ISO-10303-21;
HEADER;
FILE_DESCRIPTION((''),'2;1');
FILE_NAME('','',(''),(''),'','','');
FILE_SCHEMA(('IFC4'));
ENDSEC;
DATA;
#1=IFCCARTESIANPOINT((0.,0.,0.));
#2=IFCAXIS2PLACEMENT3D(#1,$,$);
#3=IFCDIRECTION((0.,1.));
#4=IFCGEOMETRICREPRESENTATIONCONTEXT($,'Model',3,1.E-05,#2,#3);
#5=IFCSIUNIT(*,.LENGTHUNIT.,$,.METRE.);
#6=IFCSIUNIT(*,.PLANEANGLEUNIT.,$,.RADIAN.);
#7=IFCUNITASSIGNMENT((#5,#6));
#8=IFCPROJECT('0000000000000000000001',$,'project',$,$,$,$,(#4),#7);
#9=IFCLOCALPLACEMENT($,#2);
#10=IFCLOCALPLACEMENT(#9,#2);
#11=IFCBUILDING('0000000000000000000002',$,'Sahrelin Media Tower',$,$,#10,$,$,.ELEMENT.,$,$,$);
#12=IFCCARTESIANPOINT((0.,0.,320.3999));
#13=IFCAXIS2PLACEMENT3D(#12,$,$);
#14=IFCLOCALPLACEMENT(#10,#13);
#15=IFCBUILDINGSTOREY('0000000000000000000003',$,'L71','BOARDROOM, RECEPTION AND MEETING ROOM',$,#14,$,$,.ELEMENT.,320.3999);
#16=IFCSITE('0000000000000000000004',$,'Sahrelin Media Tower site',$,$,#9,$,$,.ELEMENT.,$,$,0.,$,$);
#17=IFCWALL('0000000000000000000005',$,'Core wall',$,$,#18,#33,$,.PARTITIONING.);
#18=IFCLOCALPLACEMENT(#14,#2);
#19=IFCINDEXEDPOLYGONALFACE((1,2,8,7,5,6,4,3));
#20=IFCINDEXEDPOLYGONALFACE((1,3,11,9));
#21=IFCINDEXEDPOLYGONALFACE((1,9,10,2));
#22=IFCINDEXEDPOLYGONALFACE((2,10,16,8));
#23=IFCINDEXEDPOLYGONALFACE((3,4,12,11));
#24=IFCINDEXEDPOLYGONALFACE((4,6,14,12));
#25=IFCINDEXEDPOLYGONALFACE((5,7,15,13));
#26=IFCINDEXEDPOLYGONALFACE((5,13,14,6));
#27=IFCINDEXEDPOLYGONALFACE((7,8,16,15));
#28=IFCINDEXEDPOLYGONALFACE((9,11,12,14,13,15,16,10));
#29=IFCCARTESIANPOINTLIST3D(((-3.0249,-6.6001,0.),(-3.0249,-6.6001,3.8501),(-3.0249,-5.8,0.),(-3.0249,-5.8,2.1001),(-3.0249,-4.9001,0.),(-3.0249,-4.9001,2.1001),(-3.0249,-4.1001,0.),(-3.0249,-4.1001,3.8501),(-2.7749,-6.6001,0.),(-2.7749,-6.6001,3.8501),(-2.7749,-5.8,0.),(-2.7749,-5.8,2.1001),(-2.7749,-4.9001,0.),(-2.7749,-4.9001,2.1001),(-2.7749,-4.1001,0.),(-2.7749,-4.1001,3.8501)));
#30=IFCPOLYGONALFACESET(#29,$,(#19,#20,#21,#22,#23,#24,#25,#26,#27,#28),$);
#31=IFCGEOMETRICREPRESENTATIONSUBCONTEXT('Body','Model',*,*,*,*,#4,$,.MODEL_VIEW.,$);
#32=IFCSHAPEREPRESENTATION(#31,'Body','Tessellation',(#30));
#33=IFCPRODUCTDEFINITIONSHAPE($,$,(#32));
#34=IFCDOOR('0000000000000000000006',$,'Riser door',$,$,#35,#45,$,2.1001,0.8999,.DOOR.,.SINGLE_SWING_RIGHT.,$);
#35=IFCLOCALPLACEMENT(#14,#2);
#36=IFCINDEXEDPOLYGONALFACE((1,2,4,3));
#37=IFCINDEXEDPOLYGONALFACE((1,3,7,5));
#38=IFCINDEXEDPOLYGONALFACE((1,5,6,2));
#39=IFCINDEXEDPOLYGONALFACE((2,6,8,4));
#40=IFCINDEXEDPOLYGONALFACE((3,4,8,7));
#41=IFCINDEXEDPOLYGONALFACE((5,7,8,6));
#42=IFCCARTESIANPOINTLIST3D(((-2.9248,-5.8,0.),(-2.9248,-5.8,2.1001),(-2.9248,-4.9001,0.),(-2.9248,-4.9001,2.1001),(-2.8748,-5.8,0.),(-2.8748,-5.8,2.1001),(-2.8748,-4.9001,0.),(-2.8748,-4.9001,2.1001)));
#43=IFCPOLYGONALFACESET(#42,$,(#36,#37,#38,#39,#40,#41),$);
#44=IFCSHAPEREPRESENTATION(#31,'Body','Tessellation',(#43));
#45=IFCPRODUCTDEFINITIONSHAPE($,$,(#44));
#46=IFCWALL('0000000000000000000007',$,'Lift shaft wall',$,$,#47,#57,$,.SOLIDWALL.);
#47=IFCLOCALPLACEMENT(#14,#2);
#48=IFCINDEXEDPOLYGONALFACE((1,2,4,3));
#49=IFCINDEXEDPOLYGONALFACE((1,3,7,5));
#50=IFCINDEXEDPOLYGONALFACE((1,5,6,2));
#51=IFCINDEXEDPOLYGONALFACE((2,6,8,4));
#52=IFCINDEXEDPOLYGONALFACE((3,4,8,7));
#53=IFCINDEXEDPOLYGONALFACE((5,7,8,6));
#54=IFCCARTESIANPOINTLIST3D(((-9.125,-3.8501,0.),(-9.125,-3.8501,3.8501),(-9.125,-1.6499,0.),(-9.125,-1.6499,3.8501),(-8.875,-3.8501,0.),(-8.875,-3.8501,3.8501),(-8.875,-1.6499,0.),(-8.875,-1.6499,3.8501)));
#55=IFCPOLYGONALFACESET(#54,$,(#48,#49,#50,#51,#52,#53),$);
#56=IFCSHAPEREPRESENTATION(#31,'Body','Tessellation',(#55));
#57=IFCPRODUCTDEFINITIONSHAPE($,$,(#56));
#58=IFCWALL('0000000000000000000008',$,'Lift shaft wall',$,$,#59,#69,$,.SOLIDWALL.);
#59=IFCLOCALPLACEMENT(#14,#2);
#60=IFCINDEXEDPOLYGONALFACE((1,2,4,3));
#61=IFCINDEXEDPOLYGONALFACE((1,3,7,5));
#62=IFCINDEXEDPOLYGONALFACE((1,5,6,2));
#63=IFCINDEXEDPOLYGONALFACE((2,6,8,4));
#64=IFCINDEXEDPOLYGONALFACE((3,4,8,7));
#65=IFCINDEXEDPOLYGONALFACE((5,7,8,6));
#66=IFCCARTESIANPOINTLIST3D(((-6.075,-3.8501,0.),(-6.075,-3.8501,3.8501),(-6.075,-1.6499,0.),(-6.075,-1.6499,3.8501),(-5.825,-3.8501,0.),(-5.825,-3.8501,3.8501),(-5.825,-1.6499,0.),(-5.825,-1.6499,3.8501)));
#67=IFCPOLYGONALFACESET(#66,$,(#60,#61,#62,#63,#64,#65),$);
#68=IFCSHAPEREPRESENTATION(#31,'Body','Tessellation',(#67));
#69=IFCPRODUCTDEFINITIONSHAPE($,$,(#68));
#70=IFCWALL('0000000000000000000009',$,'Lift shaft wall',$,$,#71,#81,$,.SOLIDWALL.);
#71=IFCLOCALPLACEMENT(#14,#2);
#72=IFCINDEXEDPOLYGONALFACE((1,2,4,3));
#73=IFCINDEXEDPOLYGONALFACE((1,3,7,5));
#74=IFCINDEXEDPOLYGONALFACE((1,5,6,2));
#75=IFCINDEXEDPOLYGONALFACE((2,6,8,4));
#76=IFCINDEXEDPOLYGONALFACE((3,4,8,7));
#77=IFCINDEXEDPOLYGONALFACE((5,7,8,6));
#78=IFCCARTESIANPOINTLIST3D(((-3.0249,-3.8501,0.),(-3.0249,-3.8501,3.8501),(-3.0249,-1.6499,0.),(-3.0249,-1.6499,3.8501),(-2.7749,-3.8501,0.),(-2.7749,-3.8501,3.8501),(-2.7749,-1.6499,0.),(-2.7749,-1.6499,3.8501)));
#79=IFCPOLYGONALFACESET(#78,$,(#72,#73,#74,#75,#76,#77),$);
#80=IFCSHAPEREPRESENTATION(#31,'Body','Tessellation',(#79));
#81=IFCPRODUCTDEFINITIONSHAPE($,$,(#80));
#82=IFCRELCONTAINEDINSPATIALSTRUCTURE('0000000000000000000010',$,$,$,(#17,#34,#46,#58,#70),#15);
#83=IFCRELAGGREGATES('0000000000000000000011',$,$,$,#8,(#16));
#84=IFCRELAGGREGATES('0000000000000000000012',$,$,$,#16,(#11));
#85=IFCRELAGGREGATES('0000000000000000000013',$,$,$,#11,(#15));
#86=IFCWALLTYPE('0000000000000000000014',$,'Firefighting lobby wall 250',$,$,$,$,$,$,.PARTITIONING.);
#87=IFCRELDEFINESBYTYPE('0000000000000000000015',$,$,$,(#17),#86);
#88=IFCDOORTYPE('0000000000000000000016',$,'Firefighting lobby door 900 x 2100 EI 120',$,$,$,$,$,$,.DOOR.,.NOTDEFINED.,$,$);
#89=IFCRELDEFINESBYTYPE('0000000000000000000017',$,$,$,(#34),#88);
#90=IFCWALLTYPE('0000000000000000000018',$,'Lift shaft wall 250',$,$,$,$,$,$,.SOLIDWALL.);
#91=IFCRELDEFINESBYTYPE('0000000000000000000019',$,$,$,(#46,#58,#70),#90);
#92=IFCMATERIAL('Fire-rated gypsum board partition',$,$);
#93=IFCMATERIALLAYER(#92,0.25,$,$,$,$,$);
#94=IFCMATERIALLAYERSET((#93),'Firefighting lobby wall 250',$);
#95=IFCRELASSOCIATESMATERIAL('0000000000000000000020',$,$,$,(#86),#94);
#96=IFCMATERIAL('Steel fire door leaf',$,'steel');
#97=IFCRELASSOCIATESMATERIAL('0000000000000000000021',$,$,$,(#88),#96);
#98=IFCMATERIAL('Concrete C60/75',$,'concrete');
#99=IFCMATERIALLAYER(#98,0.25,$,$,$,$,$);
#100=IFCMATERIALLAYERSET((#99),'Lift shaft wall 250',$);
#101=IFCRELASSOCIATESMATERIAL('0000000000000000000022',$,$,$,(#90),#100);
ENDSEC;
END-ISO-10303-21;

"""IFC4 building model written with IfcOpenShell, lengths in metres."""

from ifc_helpers import new_model, si_unit, direction, frame, frame_2d, origin, place, context, subcontext, project, spatial, rectangle, extrude, material, layer, layer_set, type_object, element, fill, save


model = new_model("IFC4")

# Units and contexts
model_context = context("Model", 3, precision=1e-05, world=origin(), true_north=direction((0.0, 1.0)))
body_context = subcontext(model_context, "Body", "Model", "MODEL_VIEW")
ifc_project = project(units=[si_unit("LENGTHUNIT", "METRE"), si_unit("PLANEANGLEUNIT", "RADIAN")], contexts=[model_context])

# Site, building, storey
site_placement = place(None, origin())
site = spatial("IfcSite", under=ifc_project, at=site_placement, Name="Sahrelin Media Tower site", CompositionType="ELEMENT", RefElevation=0.0)
building_placement = place(site_placement, origin())
building = spatial("IfcBuilding", under=site, at=building_placement, Name="Sahrelin Media Tower", CompositionType="ELEMENT")
storey_placement = place(building_placement, frame((0.0, 0.0, 320.3999)))
storey = spatial("IfcBuildingStorey", under=building, at=storey_placement, Name="L71", Description="BOARDROOM, RECEPTION AND MEETING ROOM", CompositionType="ELEMENT", Elevation=320.3999)

# Shared definitions
ifc_material_1 = material(Name="Concrete C60/75", Category="concrete")

# Wall, opening, door
ifc_material_2 = material(Name="Fire-rated gypsum board partition")
ifc_layer_1 = layer(ifc_material_2, 0.25)
ifc_layer_set_1 = layer_set([ifc_layer_1], Name="Firefighting lobby wall 250")
wall_type_1 = type_object("IfcWallType", Name="Firefighting lobby wall 250", PredefinedType="PARTITIONING", material=ifc_layer_set_1)
wall_1_placement = place(storey_placement, frame((-2.8999, -6.6001, 0.0), z_axis=(0.0, 0.0, 1.0), x_axis=(0.0, 1.0, 0.0)))
wall_1 = element("IfcWall", 1, at=wall_1_placement, inside=storey, type_object=wall_type_1, Name="Core wall", PredefinedType="PARTITIONING", context=body_context, shape_type="SweptSolid", body=[
    extrude(rectangle(XDim=2.5, YDim=0.25, at=frame_2d((1.25, 0.0))), origin(), (0.0, 0.0, 1.0), 3.8501),
])
opening_placement = place(wall_1_placement, frame((0.8, 0.0, 0.0)))
opening = element("IfcOpeningElement", 2, at=opening_placement, cuts=wall_1, PredefinedType="OPENING", context=body_context, shape_type="SweptSolid", body=[
    extrude(rectangle(XDim=0.8999, YDim=2.1001, at=frame_2d((0.45, 1.05))), frame((0.0, 0.125, 0.0), z_axis=(0.0, -1.0, 0.0), x_axis=(1.0, 0.0, 0.0)), (0.0, 0.0, 1.0), 0.25),
])
ifc_material_3 = material(Name="Steel fire door leaf", Category="steel")
door_type = type_object("IfcDoorType", Name="Firefighting lobby door 900 x 2100 EI 120", OperationType="NOTDEFINED", PredefinedType="DOOR", material=ifc_material_3)
door_placement = place(opening_placement, origin())
door = element("IfcDoor", 3, at=door_placement, inside=storey, type_object=door_type, Name="Riser door", OperationType="SINGLE_SWING_RIGHT", OverallHeight=2.1001, OverallWidth=0.8999, PredefinedType="DOOR", context=body_context, shape_type="SweptSolid", body=[
    extrude(rectangle(XDim=0.8999, YDim=2.1001, at=frame_2d((0.45, 1.05))), frame((0.0, 0.0249, 0.0), z_axis=(0.0, -1.0, 0.0), x_axis=(1.0, 0.0, 0.0)), (0.0, 0.0, 1.0), 0.05),
])
fill(opening, door)

# Walls
ifc_layer_2 = layer(ifc_material_1, 0.25)
ifc_layer_set_2 = layer_set([ifc_layer_2], Name="Lift shaft wall 250")
wall_type_2 = type_object("IfcWallType", Name="Lift shaft wall 250", PredefinedType="SOLIDWALL", material=ifc_layer_set_2)
for number, where, z_axis, x_axis, name in (
    (4, (-9.0, -3.8501, 0.0), (0.0, 0.0, 1.0), (0.0, 1.0, 0.0), "Lift shaft wall"),
    (5, (-5.95, -3.8501, 0.0), (0.0, 0.0, 1.0), (0.0, 1.0, 0.0), "Lift shaft wall"),
    (6, (-2.8999, -3.8501, 0.0), (0.0, 0.0, 1.0), (0.0, 1.0, 0.0), "Lift shaft wall"),
):
    element("IfcWall", number, at=place(storey_placement, frame(where, z_axis=z_axis, x_axis=x_axis)), inside=storey, type_object=wall_type_2, Name=name, PredefinedType="SOLIDWALL", context=body_context, shape_type="SweptSolid", body=[
        extrude(rectangle(XDim=2.2002, YDim=0.25, at=frame_2d((1.1001, 0.0))), origin(), (0.0, 0.0, 1.0), 3.8501),
    ])

save(model, "model.ifc")
